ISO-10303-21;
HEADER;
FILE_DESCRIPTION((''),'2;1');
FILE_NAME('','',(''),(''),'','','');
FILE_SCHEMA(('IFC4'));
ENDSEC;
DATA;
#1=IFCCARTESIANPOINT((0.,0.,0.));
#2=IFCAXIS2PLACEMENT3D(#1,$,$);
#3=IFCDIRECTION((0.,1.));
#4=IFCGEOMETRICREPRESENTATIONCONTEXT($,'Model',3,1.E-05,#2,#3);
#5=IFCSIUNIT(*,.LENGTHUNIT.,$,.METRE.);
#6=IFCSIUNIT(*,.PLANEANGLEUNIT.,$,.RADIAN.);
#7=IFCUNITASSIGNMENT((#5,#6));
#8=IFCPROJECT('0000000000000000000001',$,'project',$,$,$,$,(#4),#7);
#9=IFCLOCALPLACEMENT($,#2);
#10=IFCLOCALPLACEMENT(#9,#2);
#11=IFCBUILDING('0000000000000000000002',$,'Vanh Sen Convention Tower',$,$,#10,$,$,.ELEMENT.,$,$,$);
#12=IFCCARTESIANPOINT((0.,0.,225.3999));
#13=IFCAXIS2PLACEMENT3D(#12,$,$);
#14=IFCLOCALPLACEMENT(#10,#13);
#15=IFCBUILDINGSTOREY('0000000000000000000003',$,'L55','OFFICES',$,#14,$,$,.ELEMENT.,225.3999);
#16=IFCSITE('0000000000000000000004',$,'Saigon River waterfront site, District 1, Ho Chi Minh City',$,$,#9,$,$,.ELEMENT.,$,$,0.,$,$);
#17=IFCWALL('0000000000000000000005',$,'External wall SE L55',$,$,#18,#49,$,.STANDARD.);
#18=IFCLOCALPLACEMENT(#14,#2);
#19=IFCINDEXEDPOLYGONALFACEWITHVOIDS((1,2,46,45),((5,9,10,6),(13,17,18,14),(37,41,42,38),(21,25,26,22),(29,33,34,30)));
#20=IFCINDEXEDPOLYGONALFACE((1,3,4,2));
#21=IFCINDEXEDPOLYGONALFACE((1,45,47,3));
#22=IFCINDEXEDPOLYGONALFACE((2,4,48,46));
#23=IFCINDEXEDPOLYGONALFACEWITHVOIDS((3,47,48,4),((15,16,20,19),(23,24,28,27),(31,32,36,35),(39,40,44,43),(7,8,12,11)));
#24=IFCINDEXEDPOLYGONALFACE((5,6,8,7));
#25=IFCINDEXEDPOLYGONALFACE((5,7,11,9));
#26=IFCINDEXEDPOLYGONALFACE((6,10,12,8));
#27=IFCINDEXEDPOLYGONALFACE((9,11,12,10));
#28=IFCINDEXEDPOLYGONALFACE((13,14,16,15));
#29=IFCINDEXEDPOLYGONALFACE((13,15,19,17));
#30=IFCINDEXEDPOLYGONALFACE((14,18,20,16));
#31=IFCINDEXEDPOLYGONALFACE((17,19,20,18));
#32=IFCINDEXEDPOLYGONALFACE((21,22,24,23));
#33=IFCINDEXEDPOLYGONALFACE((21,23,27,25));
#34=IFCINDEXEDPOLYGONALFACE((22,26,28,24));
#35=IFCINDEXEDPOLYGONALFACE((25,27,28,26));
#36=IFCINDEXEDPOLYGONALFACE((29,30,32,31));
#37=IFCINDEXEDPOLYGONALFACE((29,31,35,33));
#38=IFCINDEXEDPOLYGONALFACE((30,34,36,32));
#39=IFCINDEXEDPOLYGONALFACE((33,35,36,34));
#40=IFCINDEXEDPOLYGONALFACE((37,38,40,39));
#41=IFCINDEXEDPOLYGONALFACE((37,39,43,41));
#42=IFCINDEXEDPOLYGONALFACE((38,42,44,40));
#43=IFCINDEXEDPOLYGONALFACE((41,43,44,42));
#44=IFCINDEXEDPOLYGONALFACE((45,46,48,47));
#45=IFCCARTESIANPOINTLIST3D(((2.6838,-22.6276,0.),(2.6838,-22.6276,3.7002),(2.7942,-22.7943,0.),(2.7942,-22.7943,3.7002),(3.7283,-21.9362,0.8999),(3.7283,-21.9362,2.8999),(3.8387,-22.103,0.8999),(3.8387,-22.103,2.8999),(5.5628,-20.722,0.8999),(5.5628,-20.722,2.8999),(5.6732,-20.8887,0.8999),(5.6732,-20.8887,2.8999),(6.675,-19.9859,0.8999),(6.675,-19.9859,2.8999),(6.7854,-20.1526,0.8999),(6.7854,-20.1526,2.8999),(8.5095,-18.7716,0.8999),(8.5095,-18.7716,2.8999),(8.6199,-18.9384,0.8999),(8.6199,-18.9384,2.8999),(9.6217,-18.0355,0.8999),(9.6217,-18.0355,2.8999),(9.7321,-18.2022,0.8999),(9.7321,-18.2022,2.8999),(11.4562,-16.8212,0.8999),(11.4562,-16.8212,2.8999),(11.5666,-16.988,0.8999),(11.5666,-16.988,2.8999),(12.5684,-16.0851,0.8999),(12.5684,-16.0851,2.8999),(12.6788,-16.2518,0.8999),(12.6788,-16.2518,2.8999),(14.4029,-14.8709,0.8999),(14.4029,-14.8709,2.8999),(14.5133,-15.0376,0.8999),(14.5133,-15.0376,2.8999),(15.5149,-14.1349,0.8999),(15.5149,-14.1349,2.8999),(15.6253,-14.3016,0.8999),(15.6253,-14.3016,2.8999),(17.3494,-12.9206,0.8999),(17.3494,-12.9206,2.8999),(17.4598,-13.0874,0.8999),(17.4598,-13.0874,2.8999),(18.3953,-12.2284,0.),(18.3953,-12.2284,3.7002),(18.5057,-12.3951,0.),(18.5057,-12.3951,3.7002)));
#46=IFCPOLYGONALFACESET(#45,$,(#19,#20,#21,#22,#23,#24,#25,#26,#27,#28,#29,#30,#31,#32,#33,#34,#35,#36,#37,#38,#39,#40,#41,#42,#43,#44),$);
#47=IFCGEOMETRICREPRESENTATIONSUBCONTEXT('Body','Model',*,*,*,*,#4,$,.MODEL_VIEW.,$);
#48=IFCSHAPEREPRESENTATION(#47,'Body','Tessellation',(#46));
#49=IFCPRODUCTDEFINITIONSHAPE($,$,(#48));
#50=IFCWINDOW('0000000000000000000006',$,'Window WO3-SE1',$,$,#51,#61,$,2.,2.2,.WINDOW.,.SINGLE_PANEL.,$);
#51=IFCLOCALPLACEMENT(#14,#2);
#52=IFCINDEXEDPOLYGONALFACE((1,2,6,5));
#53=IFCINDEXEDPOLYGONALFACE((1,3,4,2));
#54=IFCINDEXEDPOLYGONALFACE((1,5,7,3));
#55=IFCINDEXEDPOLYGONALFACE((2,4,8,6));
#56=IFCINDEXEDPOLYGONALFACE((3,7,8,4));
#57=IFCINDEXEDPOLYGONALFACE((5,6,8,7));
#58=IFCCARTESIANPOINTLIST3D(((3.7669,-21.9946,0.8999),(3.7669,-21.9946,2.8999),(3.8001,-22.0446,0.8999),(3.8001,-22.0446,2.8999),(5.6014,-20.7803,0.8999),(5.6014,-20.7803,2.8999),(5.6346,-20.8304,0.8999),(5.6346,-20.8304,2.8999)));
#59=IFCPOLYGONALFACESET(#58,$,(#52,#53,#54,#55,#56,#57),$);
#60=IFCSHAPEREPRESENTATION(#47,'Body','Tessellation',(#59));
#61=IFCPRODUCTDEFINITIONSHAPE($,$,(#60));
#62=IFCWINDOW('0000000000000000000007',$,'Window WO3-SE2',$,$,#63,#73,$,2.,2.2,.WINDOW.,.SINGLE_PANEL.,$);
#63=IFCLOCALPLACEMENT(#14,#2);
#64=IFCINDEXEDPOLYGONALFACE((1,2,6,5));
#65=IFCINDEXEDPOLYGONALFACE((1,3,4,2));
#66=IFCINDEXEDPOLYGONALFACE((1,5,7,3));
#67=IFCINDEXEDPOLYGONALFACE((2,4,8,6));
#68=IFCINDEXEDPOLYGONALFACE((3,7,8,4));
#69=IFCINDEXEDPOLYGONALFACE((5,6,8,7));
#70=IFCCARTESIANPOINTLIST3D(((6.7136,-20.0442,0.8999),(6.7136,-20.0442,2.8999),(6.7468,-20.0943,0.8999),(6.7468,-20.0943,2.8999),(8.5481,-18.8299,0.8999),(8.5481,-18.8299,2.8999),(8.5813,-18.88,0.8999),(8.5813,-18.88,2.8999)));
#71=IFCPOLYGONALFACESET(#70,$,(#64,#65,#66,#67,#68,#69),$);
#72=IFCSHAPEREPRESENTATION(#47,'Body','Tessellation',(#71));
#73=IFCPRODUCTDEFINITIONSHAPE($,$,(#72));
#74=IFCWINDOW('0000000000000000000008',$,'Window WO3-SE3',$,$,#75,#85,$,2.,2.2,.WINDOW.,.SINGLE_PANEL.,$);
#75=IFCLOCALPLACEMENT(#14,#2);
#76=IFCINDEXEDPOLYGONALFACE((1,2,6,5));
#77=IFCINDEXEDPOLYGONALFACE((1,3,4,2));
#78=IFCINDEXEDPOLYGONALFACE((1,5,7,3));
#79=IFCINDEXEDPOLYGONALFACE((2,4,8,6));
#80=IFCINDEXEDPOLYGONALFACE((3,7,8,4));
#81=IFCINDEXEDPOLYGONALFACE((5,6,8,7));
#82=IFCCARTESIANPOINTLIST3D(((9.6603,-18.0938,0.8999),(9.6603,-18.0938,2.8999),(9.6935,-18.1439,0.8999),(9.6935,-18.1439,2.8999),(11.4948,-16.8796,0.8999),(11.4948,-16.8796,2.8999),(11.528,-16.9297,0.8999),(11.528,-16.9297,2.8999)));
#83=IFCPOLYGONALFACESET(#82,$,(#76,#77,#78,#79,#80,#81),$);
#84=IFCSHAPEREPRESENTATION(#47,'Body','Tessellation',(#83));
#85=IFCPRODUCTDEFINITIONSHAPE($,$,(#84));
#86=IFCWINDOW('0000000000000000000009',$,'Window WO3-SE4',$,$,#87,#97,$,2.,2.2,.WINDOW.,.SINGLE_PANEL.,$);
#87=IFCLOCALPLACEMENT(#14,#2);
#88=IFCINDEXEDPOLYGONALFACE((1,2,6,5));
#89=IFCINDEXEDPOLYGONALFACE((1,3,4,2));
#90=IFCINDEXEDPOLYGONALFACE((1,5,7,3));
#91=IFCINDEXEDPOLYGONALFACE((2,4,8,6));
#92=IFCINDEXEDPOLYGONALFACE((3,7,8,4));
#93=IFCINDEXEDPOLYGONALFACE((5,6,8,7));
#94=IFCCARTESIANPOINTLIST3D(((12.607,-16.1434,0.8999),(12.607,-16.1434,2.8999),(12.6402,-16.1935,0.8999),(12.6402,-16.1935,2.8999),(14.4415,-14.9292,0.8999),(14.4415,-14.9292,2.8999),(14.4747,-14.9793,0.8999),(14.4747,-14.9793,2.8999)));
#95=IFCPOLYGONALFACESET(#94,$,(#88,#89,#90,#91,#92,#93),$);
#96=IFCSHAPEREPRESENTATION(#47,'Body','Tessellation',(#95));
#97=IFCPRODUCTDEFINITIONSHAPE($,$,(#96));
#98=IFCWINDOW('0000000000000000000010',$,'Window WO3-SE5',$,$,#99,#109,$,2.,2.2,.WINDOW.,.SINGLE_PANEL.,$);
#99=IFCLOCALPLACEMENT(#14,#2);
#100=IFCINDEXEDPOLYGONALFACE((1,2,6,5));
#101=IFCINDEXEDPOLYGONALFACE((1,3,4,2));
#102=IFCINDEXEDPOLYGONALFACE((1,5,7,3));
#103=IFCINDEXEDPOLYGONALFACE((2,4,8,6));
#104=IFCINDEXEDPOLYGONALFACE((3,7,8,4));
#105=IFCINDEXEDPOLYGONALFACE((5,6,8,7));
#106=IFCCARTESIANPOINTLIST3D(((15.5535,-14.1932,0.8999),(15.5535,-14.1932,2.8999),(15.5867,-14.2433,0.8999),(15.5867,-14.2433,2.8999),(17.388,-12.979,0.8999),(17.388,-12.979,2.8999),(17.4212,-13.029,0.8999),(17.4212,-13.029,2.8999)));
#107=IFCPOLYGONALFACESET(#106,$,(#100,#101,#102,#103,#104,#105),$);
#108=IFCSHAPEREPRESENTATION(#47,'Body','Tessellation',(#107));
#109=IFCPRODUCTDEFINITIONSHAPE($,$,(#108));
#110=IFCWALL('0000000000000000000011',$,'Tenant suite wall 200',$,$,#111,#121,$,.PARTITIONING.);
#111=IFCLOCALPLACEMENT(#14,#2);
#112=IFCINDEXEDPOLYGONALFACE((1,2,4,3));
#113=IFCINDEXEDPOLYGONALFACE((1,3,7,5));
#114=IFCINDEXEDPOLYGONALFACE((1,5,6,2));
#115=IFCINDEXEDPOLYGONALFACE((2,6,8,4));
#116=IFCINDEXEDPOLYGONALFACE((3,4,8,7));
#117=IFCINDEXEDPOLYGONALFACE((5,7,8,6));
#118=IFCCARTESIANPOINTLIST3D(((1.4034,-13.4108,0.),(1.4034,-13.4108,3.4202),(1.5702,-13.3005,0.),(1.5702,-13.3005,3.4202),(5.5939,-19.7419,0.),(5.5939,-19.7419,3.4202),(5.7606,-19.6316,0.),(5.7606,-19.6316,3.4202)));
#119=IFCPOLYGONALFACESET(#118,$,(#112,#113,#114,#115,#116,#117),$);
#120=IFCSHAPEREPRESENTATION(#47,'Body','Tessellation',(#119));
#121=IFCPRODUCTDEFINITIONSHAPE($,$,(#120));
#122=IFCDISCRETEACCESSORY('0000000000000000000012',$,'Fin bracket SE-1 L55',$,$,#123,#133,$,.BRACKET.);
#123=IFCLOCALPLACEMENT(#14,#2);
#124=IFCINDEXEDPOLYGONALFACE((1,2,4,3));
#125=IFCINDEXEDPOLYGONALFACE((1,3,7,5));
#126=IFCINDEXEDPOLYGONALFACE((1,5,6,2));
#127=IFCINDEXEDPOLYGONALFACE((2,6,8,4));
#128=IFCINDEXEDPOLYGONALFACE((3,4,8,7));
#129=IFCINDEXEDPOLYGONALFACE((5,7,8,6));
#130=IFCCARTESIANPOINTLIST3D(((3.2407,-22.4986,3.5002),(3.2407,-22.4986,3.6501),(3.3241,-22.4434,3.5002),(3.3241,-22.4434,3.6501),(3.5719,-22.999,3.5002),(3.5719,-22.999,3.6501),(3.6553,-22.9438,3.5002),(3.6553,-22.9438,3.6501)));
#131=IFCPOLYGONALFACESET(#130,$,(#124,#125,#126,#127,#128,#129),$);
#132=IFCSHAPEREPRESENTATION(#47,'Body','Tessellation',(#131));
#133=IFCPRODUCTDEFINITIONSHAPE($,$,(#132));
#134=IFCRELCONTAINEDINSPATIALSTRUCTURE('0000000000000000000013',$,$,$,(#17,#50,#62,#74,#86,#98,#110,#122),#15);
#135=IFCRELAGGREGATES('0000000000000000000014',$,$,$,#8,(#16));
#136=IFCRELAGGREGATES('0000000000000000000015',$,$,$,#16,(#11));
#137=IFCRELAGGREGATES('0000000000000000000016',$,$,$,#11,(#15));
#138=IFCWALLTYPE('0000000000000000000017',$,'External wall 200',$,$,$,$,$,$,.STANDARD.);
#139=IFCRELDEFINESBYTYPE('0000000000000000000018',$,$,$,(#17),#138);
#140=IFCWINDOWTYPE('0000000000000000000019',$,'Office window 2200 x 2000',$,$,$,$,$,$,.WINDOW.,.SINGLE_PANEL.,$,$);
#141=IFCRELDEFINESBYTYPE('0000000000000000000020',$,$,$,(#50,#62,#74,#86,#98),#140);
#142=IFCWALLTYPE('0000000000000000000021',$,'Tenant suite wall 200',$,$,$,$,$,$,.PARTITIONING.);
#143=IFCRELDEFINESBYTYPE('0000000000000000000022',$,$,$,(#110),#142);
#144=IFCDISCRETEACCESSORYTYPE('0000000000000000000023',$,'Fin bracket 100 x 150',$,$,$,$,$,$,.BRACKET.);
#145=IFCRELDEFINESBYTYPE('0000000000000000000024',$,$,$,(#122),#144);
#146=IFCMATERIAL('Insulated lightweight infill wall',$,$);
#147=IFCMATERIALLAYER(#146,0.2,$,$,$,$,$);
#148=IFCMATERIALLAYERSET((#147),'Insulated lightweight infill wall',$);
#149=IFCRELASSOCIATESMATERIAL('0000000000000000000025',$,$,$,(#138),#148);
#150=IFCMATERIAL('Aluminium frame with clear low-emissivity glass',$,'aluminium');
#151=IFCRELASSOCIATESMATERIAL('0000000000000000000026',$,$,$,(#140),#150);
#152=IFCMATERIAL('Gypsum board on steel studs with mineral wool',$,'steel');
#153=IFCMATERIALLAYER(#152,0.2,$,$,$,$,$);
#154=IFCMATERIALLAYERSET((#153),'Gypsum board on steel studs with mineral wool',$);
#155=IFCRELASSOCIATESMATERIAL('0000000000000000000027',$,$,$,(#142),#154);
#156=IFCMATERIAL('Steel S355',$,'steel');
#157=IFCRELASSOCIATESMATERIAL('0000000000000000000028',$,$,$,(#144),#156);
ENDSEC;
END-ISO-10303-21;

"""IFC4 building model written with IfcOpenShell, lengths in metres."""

from ifc_helpers import new_model, si_unit, direction, frame, frame_2d, origin, origin_2d, place, context, subcontext, project, spatial, rectangle, extrude, material, layer, layer_set, type_object, element, fill, save


model = new_model("IFC4")

# Units and contexts
model_context = context("Model", 3, precision=1e-05, world=origin(), true_north=direction((0.0, 1.0)))
body_context = subcontext(model_context, "Body", "Model", "MODEL_VIEW")
ifc_project = project(units=[si_unit("LENGTHUNIT", "METRE"), si_unit("PLANEANGLEUNIT", "RADIAN")], contexts=[model_context])

# Site, building, storey
site_placement = place(None, origin())
site = spatial("IfcSite", under=ifc_project, at=site_placement, Name="Saigon River waterfront site, District 1, Ho Chi Minh City", CompositionType="ELEMENT", RefElevation=0.0)
building_placement = place(site_placement, origin())
building = spatial("IfcBuilding", under=site, at=building_placement, Name="Vanh Sen Convention Tower", CompositionType="ELEMENT")
storey_placement = place(building_placement, frame((0.0, 0.0, 225.3999)))
storey = spatial("IfcBuildingStorey", under=building, at=storey_placement, Name="L55", Description="OFFICES", CompositionType="ELEMENT", Elevation=225.3999)

# Shared definitions
ifc_material_1 = material(Name="Gypsum board on steel studs with mineral wool", Category="steel")

# Wall, openings, windows
ifc_material_2 = material(Name="Insulated lightweight infill wall")
ifc_layer_1 = layer(ifc_material_2, 0.2)
ifc_layer_set_1 = layer_set([ifc_layer_1], Name="Insulated lightweight infill wall")
wall_type_1 = type_object("IfcWallType", Name="External wall 200", PredefinedType="STANDARD", material=ifc_layer_set_1)
wall_1_placement = place(storey_placement, frame((2.739, -22.7109, 0.0), z_axis=(0.0, 0.0, 1.0), x_axis=(0.833886, 0.551937, 0.0)))
wall_1 = element("IfcWall", 1, at=wall_1_placement, inside=storey, type_object=wall_type_1, Name="External wall SE L55", PredefinedType="STANDARD", context=body_context, shape_type="SweptSolid", body=[
    extrude(rectangle(XDim=18.8413, YDim=0.2, at=frame_2d((9.4207, 0.0))), origin(), (0.0, 0.0, 1.0), 3.7002),
])
opening_1_placement = place(wall_1_placement, frame((1.2524, 0.0, 0.8999)))
opening_1 = element("IfcOpeningElement", 2, at=opening_1_placement, cuts=wall_1, PredefinedType="OPENING", context=body_context, shape_type="SweptSolid", body=[
    extrude(rectangle(XDim=2.2, YDim=2.0, at=frame_2d((1.1001, 1.0))), frame((0.0, 0.1099, 0.0), z_axis=(0.0, -1.0, 0.0), x_axis=(1.0, 0.0, 0.0)), (0.0, 0.0, 1.0), 0.22),
])
opening_2_placement = place(wall_1_placement, frame((4.7861, 0.0, 0.8999)))
opening_2 = element("IfcOpeningElement", 3, at=opening_2_placement, cuts=wall_1, PredefinedType="OPENING", context=body_context, shape_type="SweptSolid", body=[
    extrude(rectangle(XDim=2.2, YDim=2.0, at=frame_2d((1.1001, 1.0))), frame((0.0, 0.1099, 0.0), z_axis=(0.0, -1.0, 0.0), x_axis=(1.0, 0.0, 0.0)), (0.0, 0.0, 1.0), 0.22),
])
opening_3_placement = place(wall_1_placement, frame((8.3198, 0.0, 0.8999)))
opening_3 = element("IfcOpeningElement", 4, at=opening_3_placement, cuts=wall_1, PredefinedType="OPENING", context=body_context, shape_type="SweptSolid", body=[
    extrude(rectangle(XDim=2.2, YDim=2.0, at=frame_2d((1.1001, 1.0))), frame((0.0, 0.1099, 0.0), z_axis=(0.0, -1.0, 0.0), x_axis=(1.0, 0.0, 0.0)), (0.0, 0.0, 1.0), 0.22),
])
opening_4_placement = place(wall_1_placement, frame((11.8535, 0.0, 0.8999)))
opening_4 = element("IfcOpeningElement", 5, at=opening_4_placement, cuts=wall_1, PredefinedType="OPENING", context=body_context, shape_type="SweptSolid", body=[
    extrude(rectangle(XDim=2.2, YDim=2.0, at=frame_2d((1.1001, 1.0))), frame((0.0, 0.1099, 0.0), z_axis=(0.0, -1.0, 0.0), x_axis=(1.0, 0.0, 0.0)), (0.0, 0.0, 1.0), 0.22),
])
opening_5_placement = place(wall_1_placement, frame((15.387, 0.0, 0.8999)))
opening_5 = element("IfcOpeningElement", 6, at=opening_5_placement, cuts=wall_1, PredefinedType="OPENING", context=body_context, shape_type="SweptSolid", body=[
    extrude(rectangle(XDim=2.2, YDim=2.0, at=frame_2d((1.1001, 1.0))), frame((0.0, 0.1099, 0.0), z_axis=(0.0, -1.0, 0.0), x_axis=(1.0, 0.0, 0.0)), (0.0, 0.0, 1.0), 0.22),
])
ifc_material_3 = material(Name="Aluminium frame with clear low-emissivity glass", Category="aluminium")
window_type = type_object("IfcWindowType", Name="Office window 2200 x 2000", PartitioningType="SINGLE_PANEL", PredefinedType="WINDOW", material=ifc_material_3)
window_1_placement = place(opening_1_placement, origin())
window_1 = element("IfcWindow", 7, at=window_1_placement, inside=storey, type_object=window_type, Name="Window WO3-SE1", OverallHeight=2.0, OverallWidth=2.2, PartitioningType="SINGLE_PANEL", PredefinedType="WINDOW", context=body_context, shape_type="SweptSolid", body=[
    extrude(rectangle(XDim=2.2, YDim=2.0, at=frame_2d((1.1001, 1.0))), frame((0.0, 0.03, 0.0), z_axis=(0.0, -1.0, 0.0), x_axis=(1.0, 0.0, 0.0)), (0.0, 0.0, 1.0), 0.0601),
])
fill(opening_1, window_1)
window_2_placement = place(opening_2_placement, origin())
window_2 = element("IfcWindow", 8, at=window_2_placement, inside=storey, type_object=window_type, Name="Window WO3-SE2", OverallHeight=2.0, OverallWidth=2.2, PartitioningType="SINGLE_PANEL", PredefinedType="WINDOW", context=body_context, shape_type="SweptSolid", body=[
    extrude(rectangle(XDim=2.2, YDim=2.0, at=frame_2d((1.1001, 1.0))), frame((0.0, 0.03, 0.0), z_axis=(0.0, -1.0, 0.0), x_axis=(1.0, 0.0, 0.0)), (0.0, 0.0, 1.0), 0.0601),
])
fill(opening_2, window_2)
window_3_placement = place(opening_3_placement, origin())
window_3 = element("IfcWindow", 9, at=window_3_placement, inside=storey, type_object=window_type, Name="Window WO3-SE3", OverallHeight=2.0, OverallWidth=2.2, PartitioningType="SINGLE_PANEL", PredefinedType="WINDOW", context=body_context, shape_type="SweptSolid", body=[
    extrude(rectangle(XDim=2.2, YDim=2.0, at=frame_2d((1.1001, 1.0))), frame((0.0, 0.03, 0.0), z_axis=(0.0, -1.0, 0.0), x_axis=(1.0, 0.0, 0.0)), (0.0, 0.0, 1.0), 0.0601),
])
fill(opening_3, window_3)
window_4_placement = place(opening_4_placement, origin())
window_4 = element("IfcWindow", 10, at=window_4_placement, inside=storey, type_object=window_type, Name="Window WO3-SE4", OverallHeight=2.0, OverallWidth=2.2, PartitioningType="SINGLE_PANEL", PredefinedType="WINDOW", context=body_context, shape_type="SweptSolid", body=[
    extrude(rectangle(XDim=2.2, YDim=2.0, at=frame_2d((1.1001, 1.0))), frame((0.0, 0.03, 0.0), z_axis=(0.0, -1.0, 0.0), x_axis=(1.0, 0.0, 0.0)), (0.0, 0.0, 1.0), 0.0601),
])
fill(opening_4, window_4)
window_5_placement = place(opening_5_placement, origin())
window_5 = element("IfcWindow", 11, at=window_5_placement, inside=storey, type_object=window_type, Name="Window WO3-SE5", OverallHeight=2.0, OverallWidth=2.2, PartitioningType="SINGLE_PANEL", PredefinedType="WINDOW", context=body_context, shape_type="SweptSolid", body=[
    extrude(rectangle(XDim=2.2, YDim=2.0, at=frame_2d((1.1001, 1.0))), frame((0.0, 0.03, 0.0), z_axis=(0.0, -1.0, 0.0), x_axis=(1.0, 0.0, 0.0)), (0.0, 0.0, 1.0), 0.0601),
])
fill(opening_5, window_5)

# Wall
ifc_layer_2 = layer(ifc_material_1, 0.2)
ifc_layer_set_2 = layer_set([ifc_layer_2], Name="Gypsum board on steel studs with mineral wool")
wall_type_2 = type_object("IfcWallType", Name="Tenant suite wall 200", PredefinedType="PARTITIONING", material=ifc_layer_set_2)
wall_2_placement = place(storey_placement, frame((5.6772, -19.6868, 0.0), z_axis=(0.0, 0.0, 1.0), x_axis=(-0.551937, 0.833886, 0.0)))
element("IfcWall", 12, at=wall_2_placement, inside=storey, type_object=wall_type_2, Name="Tenant suite wall 200", PredefinedType="PARTITIONING", context=body_context, shape_type="SweptSolid", body=[
    extrude(rectangle(XDim=7.5923, YDim=0.2, at=frame_2d((3.7961, 0.0))), origin(), (0.0, 0.0, 1.0), 3.4202),
])

# Discrete accessory
ifc_material_4 = material(Name="Steel S355", Category="steel")
discrete_accessory_type = type_object("IfcDiscreteAccessoryType", Name="Fin bracket 100 x 150", PredefinedType="BRACKET", material=ifc_material_4)
discrete_accessory_placement = place(storey_placement, frame((3.448, -22.7212, 3.5002), z_axis=(0.0, 0.0, 1.0), x_axis=(0.551937, -0.833886, 0.0)))
element("IfcDiscreteAccessory", 13, at=discrete_accessory_placement, inside=storey, type_object=discrete_accessory_type, Name="Fin bracket SE-1 L55", PredefinedType="BRACKET", context=body_context, shape_type="SweptSolid", body=[
    extrude(rectangle(XDim=0.6001, YDim=0.1001, at=origin_2d()), origin(), (0.0, 0.0, 1.0), 0.1499),
])

save(model, "model.ifc")
